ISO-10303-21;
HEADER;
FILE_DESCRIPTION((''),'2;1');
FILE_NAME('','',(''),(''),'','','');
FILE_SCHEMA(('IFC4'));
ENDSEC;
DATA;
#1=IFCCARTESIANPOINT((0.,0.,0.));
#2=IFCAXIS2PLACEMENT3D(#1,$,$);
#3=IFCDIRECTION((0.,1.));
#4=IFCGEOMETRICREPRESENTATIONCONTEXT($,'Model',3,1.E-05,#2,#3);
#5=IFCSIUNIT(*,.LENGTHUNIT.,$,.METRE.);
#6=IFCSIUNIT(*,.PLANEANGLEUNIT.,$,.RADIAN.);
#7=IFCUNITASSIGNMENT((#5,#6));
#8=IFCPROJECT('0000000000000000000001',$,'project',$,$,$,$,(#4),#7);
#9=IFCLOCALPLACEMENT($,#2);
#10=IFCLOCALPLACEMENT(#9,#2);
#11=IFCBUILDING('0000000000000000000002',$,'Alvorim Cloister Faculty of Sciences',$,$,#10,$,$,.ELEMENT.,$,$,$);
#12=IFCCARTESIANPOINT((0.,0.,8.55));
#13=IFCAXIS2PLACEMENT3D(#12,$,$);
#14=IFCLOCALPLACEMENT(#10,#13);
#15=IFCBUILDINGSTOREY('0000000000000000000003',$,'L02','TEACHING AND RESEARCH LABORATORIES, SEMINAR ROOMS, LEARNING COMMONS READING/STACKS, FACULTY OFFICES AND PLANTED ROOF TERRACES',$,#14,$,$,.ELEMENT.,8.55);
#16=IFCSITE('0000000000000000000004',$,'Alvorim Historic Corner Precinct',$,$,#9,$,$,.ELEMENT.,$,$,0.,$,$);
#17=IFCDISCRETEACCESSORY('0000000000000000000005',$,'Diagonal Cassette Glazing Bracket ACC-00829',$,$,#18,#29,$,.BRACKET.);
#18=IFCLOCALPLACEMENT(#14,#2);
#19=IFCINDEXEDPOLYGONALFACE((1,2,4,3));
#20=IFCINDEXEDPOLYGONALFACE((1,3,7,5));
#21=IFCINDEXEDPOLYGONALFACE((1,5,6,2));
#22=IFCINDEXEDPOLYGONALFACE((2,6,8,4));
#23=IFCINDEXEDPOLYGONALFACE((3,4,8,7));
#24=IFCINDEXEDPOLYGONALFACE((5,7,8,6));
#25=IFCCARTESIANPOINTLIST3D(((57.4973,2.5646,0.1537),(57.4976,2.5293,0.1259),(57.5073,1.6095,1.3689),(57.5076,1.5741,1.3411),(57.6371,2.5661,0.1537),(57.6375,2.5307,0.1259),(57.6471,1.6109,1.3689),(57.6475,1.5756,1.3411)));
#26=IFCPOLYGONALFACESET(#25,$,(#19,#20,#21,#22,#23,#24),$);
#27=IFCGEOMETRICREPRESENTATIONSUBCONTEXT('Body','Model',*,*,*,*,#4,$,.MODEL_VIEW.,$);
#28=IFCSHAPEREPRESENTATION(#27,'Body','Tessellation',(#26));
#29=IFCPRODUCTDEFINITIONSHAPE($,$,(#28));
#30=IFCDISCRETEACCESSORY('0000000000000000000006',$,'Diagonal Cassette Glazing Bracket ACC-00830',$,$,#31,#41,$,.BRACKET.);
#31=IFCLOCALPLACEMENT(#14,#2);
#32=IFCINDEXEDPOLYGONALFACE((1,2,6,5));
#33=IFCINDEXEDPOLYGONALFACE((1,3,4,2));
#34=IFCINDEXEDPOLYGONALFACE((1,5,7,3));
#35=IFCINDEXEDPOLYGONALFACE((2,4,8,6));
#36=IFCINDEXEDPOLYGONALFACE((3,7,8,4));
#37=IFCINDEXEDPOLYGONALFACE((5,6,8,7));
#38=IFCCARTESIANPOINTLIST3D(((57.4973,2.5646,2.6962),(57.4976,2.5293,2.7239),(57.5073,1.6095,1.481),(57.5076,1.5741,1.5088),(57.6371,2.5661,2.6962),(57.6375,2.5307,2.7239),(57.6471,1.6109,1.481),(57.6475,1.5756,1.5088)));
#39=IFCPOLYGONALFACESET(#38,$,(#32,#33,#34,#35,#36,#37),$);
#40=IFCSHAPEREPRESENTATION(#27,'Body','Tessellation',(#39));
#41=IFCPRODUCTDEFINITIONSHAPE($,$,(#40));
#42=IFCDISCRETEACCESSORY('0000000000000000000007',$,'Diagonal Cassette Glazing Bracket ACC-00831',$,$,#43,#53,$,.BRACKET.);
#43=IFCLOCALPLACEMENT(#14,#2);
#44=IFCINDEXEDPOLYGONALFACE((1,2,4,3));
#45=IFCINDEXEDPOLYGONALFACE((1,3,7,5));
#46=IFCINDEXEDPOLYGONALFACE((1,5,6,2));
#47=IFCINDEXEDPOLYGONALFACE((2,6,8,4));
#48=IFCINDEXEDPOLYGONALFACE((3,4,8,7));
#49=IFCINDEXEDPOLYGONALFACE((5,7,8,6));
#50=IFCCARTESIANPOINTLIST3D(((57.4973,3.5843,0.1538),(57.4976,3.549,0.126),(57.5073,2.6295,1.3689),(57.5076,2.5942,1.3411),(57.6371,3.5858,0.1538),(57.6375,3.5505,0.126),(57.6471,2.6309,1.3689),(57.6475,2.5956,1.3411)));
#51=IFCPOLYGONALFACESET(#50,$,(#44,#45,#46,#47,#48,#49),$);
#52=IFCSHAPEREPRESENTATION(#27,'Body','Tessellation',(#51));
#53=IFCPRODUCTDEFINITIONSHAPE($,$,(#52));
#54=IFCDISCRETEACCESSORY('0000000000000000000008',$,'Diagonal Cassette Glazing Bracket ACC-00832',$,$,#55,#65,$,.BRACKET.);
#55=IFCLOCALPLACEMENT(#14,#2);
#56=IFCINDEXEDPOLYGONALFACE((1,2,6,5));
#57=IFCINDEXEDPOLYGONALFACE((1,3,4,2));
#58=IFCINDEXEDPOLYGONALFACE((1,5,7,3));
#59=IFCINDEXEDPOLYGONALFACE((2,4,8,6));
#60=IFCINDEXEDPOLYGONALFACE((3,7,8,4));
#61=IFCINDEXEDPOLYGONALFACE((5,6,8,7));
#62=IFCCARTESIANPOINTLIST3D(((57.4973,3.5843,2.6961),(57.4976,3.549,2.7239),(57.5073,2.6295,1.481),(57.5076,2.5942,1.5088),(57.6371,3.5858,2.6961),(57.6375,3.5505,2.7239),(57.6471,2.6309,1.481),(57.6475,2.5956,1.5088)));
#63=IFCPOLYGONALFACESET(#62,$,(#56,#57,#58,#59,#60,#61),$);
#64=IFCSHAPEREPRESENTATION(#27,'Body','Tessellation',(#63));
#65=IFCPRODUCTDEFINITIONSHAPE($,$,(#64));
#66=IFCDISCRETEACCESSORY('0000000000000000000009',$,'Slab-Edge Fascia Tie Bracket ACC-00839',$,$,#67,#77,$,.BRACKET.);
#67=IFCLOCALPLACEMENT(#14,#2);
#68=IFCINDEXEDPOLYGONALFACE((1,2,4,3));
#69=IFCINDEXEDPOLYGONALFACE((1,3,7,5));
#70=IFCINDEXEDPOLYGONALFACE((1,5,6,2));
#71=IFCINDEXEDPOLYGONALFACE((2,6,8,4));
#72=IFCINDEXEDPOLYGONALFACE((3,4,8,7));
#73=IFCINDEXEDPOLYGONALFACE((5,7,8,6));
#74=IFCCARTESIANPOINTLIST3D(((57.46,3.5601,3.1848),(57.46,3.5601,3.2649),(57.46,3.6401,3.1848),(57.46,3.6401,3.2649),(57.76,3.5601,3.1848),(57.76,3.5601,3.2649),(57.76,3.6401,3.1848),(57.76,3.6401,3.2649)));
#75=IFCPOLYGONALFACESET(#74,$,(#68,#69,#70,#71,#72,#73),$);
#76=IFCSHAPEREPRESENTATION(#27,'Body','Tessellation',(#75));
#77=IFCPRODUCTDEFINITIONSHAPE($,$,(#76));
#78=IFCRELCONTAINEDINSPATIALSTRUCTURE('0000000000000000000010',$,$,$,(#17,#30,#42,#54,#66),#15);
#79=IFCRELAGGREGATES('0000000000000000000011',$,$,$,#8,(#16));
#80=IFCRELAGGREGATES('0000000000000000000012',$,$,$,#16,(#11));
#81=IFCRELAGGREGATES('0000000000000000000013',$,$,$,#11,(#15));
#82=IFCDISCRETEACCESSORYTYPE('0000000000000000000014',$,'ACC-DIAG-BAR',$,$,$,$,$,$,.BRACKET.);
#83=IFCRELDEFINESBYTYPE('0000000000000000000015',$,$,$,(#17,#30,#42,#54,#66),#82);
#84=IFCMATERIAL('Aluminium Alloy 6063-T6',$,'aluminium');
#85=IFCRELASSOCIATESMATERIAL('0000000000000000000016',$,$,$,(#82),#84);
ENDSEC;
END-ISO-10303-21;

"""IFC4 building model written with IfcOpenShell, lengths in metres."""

from ifc_helpers import new_model, si_unit, direction, frame, origin, origin_2d, place, context, subcontext, project, spatial, rectangle, extrude, material, type_object, element, save


model = new_model("IFC4")

# Units and contexts
model_context = context("Model", 3, precision=1e-05, world=origin(), true_north=direction((0.0, 1.0)))
body_context = subcontext(model_context, "Body", "Model", "MODEL_VIEW")
ifc_project = project(units=[si_unit("LENGTHUNIT", "METRE"), si_unit("PLANEANGLEUNIT", "RADIAN")], contexts=[model_context])

# Site, building, storey
site_placement = place(None, origin())
site = spatial("IfcSite", under=ifc_project, at=site_placement, Name="Alvorim Historic Corner Precinct", CompositionType="ELEMENT", RefElevation=0.0)
building_placement = place(site_placement, origin())
building = spatial("IfcBuilding", under=site, at=building_placement, Name="Alvorim Cloister Faculty of Sciences", CompositionType="ELEMENT")
storey_placement = place(building_placement, frame((0.0, 0.0, 8.55)))
storey = spatial("IfcBuildingStorey", under=building, at=storey_placement, Name="L02", Description="TEACHING AND RESEARCH LABORATORIES, SEMINAR ROOMS, LEARNING COMMONS READING/STACKS, FACULTY OFFICES AND PLANTED ROOF TERRACES", CompositionType="ELEMENT", Elevation=8.55)

# Shared definitions
ifc_material_1 = material(Name="Aluminium Alloy 6063-T6", Category="aluminium")

# Discrete accessories
discrete_accessory_type = type_object("IfcDiscreteAccessoryType", Name="ACC-DIAG-BAR", PredefinedType="BRACKET", material=ifc_material_1)
for number, where, z_axis, x_axis, name in (
    (1, (57.5774, 1.5925, 1.355), (-0.006477, 0.617955, -0.786187), (-0.999945, -0.01048, 0.0), "Diagonal Cassette Glazing Bracket ACC-00829"),
    (2, (57.5774, 1.5925, 1.4949), (-0.006477, 0.617955, 0.786187), (-0.999945, -0.01048, 0.0), "Diagonal Cassette Glazing Bracket ACC-00830"),
):
    element("IfcDiscreteAccessory", number, at=place(storey_placement, frame(where, z_axis=z_axis, x_axis=x_axis)), inside=storey, type_object=discrete_accessory_type, Name=name, PredefinedType="BRACKET", context=body_context, shape_type="SweptSolid", body=[
        extrude(rectangle(XDim=0.1399, YDim=0.0449, at=origin_2d()), origin(), (0.0, 0.0, 1.0), 1.5457),
    ])
for number, where, z_axis, x_axis, name in (
    (3, (57.5774, 2.6125, 1.355), (-0.006477, 0.617857, -0.786263), (-0.999945, -0.010483, 0.0), "Diagonal Cassette Glazing Bracket ACC-00831"),
    (4, (57.5774, 2.6125, 1.4949), (-0.006477, 0.617857, 0.786263), (-0.999945, -0.010483, 0.0), "Diagonal Cassette Glazing Bracket ACC-00832"),
):
    element("IfcDiscreteAccessory", number, at=place(storey_placement, frame(where, z_axis=z_axis, x_axis=x_axis)), inside=storey, type_object=discrete_accessory_type, Name=name, PredefinedType="BRACKET", context=body_context, shape_type="SweptSolid", body=[
        extrude(rectangle(XDim=0.1399, YDim=0.0449, at=origin_2d()), origin(), (0.0, 0.0, 1.0), 1.5454),
    ])
discrete_accessory_placement = place(storey_placement, frame((57.46, 3.6001, 3.2249), z_axis=(1.0, 0.0, 0.0), x_axis=(0.0, 1.0, 0.0)))
element("IfcDiscreteAccessory", 5, at=discrete_accessory_placement, inside=storey, type_object=discrete_accessory_type, Name="Slab-Edge Fascia Tie Bracket ACC-00839", PredefinedType="BRACKET", context=body_context, shape_type="SweptSolid", body=[
    extrude(rectangle(XDim=0.0801, YDim=0.0801, at=origin_2d()), origin(), (0.0, 0.0, 1.0), 0.3),
])

save(model, "model.ifc")
